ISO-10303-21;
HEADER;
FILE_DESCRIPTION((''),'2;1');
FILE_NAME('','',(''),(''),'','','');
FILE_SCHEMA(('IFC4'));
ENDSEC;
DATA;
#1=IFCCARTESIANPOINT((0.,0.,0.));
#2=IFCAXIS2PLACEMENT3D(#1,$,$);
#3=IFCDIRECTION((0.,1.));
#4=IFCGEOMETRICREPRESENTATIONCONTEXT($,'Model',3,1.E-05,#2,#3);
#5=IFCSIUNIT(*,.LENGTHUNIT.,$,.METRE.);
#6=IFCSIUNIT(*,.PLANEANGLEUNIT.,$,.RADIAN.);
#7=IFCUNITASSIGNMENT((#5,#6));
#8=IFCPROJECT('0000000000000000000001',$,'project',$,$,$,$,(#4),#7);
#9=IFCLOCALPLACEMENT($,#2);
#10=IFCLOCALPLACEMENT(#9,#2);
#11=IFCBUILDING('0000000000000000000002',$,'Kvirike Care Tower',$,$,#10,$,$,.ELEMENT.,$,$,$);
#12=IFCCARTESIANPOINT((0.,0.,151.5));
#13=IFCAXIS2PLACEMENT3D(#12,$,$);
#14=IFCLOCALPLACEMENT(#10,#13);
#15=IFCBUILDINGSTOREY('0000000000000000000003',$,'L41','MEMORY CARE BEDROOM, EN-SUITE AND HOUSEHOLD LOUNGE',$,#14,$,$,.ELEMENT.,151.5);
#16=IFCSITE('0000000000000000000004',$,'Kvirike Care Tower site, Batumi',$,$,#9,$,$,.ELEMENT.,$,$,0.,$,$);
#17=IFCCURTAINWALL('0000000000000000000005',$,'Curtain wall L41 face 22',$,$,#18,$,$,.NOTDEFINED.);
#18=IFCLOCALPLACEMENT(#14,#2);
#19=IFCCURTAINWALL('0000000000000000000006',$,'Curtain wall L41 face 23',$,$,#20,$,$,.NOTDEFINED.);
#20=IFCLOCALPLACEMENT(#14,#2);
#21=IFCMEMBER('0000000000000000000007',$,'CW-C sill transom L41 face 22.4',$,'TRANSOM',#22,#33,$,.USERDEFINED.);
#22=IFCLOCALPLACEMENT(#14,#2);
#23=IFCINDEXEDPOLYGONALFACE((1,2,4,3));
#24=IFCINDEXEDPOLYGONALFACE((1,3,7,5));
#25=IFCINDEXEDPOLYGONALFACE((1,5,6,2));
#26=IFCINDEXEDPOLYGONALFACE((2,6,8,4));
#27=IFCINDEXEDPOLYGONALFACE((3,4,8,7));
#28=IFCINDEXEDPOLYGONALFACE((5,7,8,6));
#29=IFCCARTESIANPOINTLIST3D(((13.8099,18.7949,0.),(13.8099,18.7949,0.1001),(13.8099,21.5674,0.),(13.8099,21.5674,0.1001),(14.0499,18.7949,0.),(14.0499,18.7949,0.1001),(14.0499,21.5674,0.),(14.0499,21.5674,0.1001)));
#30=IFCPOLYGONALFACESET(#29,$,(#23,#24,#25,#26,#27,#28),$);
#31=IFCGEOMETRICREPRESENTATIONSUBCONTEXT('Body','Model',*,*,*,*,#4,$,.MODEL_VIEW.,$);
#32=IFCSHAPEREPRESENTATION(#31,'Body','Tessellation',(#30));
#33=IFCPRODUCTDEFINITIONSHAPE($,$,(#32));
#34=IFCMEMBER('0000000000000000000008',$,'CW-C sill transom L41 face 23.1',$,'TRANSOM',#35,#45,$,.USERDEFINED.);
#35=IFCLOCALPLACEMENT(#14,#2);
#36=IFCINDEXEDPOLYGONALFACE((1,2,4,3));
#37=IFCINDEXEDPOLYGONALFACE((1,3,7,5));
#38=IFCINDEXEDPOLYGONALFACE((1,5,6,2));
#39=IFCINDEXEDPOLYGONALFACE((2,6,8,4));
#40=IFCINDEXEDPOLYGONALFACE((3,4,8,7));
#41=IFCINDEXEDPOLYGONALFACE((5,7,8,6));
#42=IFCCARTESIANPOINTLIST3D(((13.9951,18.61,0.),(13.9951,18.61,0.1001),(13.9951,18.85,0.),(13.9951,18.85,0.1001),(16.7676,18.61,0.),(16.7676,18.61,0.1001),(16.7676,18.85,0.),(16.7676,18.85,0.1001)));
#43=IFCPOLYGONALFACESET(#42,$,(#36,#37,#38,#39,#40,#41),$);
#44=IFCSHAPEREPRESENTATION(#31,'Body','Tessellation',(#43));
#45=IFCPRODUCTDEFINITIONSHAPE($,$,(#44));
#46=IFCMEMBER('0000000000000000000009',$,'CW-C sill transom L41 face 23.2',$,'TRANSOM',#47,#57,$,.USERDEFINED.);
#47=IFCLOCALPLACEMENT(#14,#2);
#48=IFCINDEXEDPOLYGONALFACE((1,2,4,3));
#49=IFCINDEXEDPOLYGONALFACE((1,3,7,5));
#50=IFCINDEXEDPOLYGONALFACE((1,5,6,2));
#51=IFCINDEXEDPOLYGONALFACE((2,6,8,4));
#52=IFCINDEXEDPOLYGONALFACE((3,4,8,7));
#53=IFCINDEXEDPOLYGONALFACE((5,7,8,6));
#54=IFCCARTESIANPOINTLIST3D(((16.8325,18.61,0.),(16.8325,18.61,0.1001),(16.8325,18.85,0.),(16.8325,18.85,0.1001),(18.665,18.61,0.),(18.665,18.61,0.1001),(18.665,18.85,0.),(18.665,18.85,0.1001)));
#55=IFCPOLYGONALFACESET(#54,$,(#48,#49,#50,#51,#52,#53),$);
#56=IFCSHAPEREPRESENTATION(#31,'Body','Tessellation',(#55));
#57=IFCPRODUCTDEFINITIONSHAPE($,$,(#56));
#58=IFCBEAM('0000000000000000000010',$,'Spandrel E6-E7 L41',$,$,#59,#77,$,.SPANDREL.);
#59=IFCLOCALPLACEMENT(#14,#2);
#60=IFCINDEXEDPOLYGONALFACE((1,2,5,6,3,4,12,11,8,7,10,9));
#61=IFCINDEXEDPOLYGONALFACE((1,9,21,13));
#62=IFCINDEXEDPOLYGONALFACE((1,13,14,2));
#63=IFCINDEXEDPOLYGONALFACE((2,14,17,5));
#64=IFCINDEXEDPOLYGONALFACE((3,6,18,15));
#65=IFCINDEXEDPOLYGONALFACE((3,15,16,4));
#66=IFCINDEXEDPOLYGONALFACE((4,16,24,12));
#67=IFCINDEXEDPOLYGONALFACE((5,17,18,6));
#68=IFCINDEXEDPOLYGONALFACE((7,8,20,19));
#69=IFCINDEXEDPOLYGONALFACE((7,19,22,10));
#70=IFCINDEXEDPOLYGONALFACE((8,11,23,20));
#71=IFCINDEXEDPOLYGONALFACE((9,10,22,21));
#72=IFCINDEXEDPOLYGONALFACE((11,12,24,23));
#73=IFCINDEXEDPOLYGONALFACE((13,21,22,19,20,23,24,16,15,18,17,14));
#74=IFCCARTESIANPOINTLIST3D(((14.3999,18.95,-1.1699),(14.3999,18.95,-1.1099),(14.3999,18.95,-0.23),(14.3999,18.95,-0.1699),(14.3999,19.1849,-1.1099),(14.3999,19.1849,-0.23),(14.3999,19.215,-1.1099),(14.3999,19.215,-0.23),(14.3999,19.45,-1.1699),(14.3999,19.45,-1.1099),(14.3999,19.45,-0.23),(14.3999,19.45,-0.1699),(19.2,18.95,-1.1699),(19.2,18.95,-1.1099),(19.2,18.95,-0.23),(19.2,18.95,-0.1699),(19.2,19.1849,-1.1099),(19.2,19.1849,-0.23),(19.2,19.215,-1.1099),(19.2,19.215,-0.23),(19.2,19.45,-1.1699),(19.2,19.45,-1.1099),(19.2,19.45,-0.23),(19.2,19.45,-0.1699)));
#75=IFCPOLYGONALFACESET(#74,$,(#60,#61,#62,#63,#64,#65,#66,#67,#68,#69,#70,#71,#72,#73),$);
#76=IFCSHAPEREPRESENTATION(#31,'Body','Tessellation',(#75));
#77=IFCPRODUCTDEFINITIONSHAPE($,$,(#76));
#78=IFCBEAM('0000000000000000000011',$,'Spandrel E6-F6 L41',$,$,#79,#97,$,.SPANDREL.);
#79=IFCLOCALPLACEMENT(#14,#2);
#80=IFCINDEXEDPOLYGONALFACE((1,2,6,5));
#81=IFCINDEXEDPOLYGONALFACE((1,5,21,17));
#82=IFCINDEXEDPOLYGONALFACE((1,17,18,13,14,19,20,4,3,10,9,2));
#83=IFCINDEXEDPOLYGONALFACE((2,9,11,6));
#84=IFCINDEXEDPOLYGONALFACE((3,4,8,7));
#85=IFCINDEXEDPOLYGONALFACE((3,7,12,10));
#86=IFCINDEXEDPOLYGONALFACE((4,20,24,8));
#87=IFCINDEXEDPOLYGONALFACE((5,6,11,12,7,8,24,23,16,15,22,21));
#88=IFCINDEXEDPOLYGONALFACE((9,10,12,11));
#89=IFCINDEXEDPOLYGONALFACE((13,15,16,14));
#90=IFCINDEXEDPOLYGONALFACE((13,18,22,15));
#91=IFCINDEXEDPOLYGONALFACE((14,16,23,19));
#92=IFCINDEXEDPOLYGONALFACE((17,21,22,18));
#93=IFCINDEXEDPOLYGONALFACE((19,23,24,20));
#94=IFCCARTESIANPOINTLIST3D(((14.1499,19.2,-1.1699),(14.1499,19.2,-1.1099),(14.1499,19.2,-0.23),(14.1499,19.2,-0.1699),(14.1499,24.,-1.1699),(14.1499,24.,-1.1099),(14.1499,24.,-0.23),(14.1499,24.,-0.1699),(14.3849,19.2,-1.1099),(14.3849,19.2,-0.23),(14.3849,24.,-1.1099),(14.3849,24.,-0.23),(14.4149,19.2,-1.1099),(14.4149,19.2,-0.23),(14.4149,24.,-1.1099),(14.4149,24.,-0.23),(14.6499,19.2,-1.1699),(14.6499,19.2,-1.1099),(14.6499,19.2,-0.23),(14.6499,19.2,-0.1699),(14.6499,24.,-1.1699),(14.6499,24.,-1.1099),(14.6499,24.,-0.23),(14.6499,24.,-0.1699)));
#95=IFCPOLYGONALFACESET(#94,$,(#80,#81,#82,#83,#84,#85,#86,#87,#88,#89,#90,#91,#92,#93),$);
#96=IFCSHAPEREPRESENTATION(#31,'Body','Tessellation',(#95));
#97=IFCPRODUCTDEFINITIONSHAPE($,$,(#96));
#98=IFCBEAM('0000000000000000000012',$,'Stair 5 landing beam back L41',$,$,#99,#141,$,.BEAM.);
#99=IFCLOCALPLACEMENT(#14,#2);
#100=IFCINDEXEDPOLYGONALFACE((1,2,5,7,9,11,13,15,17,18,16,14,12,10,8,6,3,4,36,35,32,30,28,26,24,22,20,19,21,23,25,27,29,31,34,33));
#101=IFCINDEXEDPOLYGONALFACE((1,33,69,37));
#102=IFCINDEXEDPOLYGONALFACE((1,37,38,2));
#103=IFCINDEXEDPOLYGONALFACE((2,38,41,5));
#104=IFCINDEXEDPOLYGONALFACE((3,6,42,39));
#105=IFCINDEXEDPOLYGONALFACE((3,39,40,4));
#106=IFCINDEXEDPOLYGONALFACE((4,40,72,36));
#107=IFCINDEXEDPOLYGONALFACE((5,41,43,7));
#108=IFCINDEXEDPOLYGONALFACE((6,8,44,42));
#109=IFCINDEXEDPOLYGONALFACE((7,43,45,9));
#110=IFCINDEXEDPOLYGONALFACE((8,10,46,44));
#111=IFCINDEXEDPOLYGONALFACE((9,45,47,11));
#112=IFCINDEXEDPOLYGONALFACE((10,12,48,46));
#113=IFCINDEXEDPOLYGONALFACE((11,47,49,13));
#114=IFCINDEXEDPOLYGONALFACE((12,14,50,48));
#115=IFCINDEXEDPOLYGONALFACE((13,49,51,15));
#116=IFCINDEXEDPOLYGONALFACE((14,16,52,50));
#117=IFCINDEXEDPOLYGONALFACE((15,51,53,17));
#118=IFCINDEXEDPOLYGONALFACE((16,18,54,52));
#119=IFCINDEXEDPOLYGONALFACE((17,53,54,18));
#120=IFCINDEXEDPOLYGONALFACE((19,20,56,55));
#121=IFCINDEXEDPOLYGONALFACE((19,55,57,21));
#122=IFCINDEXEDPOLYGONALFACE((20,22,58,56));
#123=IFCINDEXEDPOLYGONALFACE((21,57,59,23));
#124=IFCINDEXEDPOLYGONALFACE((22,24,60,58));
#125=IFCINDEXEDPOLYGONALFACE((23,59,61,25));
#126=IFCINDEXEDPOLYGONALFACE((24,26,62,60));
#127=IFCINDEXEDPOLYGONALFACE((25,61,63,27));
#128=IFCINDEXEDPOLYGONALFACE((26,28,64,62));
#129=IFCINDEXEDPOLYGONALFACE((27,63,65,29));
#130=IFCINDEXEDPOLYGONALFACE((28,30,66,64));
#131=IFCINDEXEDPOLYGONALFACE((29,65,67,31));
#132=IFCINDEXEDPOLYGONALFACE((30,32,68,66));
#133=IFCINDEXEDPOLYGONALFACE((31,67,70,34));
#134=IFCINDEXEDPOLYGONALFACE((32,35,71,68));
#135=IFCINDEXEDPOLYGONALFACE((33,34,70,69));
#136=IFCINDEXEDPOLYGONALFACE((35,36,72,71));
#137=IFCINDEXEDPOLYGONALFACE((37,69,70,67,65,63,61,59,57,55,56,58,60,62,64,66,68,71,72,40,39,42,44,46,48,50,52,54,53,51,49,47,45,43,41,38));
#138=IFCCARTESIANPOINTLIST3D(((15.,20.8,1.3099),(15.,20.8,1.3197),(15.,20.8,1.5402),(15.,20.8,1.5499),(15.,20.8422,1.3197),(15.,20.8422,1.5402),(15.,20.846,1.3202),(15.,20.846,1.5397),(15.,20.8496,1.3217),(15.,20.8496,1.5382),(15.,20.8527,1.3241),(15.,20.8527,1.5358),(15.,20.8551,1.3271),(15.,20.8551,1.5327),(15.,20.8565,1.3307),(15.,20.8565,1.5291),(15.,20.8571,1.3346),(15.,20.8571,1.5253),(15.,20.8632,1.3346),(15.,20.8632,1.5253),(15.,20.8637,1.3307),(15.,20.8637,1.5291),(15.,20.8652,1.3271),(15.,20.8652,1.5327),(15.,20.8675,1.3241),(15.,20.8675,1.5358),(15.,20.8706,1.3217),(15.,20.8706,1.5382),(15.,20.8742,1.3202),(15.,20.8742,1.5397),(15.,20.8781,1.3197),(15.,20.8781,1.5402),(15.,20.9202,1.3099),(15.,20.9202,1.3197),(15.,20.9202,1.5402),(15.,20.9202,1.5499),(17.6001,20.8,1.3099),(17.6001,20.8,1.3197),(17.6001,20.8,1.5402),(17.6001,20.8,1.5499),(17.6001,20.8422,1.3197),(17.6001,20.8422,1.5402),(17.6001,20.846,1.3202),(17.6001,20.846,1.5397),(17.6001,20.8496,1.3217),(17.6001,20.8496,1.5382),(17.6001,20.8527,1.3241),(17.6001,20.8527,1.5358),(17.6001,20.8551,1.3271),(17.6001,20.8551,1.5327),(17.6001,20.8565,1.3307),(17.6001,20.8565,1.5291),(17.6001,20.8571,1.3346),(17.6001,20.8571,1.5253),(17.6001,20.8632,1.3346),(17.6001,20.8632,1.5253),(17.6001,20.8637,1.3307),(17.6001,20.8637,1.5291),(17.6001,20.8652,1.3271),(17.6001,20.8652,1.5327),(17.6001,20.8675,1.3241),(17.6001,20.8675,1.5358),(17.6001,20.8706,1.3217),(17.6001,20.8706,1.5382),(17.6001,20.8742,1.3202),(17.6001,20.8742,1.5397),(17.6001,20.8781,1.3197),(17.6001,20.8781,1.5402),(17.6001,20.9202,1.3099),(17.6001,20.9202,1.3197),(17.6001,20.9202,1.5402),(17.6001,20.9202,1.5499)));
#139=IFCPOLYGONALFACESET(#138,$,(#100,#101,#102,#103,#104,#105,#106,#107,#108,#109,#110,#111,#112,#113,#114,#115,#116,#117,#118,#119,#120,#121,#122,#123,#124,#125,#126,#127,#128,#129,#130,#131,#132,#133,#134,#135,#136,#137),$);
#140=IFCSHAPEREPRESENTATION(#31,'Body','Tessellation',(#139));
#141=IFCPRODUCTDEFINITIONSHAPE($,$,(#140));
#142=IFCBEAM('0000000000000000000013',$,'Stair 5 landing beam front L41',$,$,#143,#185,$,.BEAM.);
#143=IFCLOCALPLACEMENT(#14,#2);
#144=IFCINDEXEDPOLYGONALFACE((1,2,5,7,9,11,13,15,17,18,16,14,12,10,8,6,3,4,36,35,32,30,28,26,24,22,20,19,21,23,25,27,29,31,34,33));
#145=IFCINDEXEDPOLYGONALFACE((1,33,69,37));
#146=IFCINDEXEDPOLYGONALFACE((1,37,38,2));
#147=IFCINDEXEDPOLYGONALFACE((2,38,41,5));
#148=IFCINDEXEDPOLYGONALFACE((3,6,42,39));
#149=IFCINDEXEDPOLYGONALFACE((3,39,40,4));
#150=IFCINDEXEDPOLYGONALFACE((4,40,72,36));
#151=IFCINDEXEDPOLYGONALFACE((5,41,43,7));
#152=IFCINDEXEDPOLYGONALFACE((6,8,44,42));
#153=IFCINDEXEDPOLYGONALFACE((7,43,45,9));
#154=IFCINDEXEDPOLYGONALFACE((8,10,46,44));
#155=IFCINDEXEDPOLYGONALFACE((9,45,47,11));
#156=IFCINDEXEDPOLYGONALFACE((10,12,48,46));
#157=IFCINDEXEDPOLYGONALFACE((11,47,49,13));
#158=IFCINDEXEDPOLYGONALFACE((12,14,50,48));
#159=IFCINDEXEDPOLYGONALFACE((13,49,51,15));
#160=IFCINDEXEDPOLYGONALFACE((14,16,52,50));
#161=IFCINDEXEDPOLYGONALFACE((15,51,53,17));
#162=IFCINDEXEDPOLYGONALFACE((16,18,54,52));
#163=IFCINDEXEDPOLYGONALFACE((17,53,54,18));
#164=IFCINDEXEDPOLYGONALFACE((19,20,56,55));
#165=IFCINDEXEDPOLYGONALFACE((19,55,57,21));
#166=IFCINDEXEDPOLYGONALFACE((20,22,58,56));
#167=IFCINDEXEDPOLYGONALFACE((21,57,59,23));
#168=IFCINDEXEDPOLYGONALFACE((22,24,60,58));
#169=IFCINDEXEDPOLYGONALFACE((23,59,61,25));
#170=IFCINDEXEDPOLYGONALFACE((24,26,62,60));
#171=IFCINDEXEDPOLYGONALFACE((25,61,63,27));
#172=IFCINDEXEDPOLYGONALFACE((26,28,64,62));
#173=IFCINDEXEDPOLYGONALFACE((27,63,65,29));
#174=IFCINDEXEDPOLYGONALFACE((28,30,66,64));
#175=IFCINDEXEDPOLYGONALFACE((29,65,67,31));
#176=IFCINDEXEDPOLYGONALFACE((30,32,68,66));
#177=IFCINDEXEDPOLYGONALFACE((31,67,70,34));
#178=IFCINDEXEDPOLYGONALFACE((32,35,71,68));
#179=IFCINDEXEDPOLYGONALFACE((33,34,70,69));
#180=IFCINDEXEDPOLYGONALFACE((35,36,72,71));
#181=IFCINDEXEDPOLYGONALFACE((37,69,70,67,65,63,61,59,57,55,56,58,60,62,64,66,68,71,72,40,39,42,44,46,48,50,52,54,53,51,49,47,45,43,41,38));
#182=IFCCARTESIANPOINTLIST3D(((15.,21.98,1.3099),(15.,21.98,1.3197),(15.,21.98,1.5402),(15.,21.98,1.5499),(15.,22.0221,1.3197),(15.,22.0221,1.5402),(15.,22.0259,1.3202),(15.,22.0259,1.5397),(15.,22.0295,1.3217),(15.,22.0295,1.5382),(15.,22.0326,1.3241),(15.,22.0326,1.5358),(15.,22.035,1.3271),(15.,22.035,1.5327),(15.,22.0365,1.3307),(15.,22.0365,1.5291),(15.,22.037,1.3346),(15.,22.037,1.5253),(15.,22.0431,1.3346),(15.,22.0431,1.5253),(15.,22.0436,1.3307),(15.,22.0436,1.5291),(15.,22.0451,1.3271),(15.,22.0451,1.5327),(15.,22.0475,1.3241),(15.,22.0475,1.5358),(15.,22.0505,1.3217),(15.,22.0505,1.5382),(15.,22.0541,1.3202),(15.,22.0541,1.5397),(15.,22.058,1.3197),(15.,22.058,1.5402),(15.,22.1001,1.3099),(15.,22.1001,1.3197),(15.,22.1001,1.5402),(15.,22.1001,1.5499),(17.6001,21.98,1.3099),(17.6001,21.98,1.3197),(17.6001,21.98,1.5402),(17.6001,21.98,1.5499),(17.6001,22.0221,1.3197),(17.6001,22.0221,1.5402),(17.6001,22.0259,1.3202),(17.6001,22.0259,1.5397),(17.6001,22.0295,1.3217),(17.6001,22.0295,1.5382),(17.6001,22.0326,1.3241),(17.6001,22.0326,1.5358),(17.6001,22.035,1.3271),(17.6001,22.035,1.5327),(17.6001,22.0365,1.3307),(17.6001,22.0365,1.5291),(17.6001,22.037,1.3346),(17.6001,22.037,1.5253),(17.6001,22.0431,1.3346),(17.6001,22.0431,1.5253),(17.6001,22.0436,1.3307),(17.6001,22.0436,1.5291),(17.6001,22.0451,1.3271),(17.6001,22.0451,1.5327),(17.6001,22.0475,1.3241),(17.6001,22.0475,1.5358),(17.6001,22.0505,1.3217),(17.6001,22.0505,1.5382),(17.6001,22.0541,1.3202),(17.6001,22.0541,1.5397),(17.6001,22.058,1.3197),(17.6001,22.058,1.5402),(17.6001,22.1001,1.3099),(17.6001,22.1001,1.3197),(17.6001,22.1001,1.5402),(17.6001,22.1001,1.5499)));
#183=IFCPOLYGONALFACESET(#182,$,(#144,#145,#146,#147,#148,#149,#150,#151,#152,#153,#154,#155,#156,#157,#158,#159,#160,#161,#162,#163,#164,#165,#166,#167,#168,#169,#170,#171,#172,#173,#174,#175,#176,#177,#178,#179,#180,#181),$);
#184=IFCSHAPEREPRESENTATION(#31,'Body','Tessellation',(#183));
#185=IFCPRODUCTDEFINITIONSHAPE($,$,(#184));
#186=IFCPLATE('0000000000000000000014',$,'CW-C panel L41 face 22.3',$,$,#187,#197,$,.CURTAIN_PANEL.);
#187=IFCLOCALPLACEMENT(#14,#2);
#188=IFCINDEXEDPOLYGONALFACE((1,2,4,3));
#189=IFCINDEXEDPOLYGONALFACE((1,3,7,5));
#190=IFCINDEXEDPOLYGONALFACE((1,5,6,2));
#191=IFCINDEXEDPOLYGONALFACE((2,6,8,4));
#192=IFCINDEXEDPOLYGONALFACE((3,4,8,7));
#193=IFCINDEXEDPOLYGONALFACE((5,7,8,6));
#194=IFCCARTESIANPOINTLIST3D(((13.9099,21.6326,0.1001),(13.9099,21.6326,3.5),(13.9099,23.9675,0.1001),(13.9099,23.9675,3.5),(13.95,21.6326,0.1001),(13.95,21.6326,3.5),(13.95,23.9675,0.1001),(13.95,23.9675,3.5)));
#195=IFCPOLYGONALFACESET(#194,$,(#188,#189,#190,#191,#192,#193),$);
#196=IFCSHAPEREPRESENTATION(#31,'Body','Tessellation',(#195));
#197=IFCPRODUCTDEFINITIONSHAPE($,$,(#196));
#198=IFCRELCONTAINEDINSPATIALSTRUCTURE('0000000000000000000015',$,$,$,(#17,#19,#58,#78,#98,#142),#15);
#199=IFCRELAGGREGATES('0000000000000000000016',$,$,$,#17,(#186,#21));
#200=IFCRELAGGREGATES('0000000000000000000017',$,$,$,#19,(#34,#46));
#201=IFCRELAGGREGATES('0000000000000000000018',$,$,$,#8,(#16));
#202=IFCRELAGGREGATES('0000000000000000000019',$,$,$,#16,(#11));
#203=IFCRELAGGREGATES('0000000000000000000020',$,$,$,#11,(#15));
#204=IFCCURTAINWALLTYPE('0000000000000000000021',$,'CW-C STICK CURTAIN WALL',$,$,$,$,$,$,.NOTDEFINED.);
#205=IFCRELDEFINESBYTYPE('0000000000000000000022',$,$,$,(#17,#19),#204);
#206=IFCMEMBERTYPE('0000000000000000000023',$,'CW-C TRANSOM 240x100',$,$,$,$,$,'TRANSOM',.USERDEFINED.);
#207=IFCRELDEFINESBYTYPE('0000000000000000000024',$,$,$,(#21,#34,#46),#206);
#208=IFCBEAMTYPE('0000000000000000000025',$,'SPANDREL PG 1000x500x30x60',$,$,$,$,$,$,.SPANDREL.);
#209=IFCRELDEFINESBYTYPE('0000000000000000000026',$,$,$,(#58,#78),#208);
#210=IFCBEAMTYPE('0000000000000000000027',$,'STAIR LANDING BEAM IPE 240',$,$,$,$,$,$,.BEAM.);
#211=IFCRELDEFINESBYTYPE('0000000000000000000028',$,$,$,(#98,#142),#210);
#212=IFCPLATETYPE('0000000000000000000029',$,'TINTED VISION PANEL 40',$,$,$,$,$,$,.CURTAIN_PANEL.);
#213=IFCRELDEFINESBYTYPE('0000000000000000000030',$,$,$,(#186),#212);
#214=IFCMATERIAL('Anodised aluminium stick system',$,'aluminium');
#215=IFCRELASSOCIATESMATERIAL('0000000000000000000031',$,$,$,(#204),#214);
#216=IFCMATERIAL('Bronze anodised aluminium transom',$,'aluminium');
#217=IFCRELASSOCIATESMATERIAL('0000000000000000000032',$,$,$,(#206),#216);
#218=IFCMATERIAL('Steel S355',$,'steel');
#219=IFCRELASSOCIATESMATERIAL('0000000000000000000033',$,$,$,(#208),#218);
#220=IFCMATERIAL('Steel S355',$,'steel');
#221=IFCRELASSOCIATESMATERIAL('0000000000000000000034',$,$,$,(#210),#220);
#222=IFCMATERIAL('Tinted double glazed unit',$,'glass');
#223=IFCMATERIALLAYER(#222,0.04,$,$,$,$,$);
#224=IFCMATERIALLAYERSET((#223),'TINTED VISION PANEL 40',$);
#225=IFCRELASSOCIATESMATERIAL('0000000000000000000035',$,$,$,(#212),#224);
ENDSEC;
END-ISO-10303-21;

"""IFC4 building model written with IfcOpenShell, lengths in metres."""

from ifc_helpers import new_model, si_unit, direction, frame, origin, origin_2d, place, context, subcontext, project, spatial, rectangle, i_section, extrude, material, layer, layer_set, material_profile, profile_set, type_object, element, aggregate, save


model = new_model("IFC4")

# Units and contexts
model_context = context("Model", 3, precision=1e-05, world=origin(), true_north=direction((0.0, 1.0)))
body_context = subcontext(model_context, "Body", "Model", "MODEL_VIEW")
ifc_project = project(units=[si_unit("LENGTHUNIT", "METRE"), si_unit("PLANEANGLEUNIT", "RADIAN")], contexts=[model_context])

# Site, building, storey
site_placement = place(None, origin())
site = spatial("IfcSite", under=ifc_project, at=site_placement, Name="Kvirike Care Tower site, Batumi", CompositionType="ELEMENT", RefElevation=0.0)
building_placement = place(site_placement, origin())
building = spatial("IfcBuilding", under=site, at=building_placement, Name="Kvirike Care Tower", CompositionType="ELEMENT")
storey_placement = place(building_placement, frame((0.0, 0.0, 151.5)))
storey = spatial("IfcBuildingStorey", under=building, at=storey_placement, Name="L41", Description="MEMORY CARE BEDROOM, EN-SUITE AND HOUSEHOLD LOUNGE", CompositionType="ELEMENT", Elevation=151.5)

# Curtain walls
ifc_material_1 = material(Name="Anodised aluminium stick system", Category="aluminium")
curtain_wall_type = type_object("IfcCurtainWallType", Name="CW-C STICK CURTAIN WALL", PredefinedType="NOTDEFINED", material=ifc_material_1)
curtain_wall_1_placement = place(storey_placement, origin())
curtain_wall_1 = element("IfcCurtainWall", 1, at=curtain_wall_1_placement, inside=storey, type_object=curtain_wall_type, Name="Curtain wall L41 face 22", PredefinedType="NOTDEFINED")
curtain_wall_2_placement = place(storey_placement, origin())
curtain_wall_2 = element("IfcCurtainWall", 2, at=curtain_wall_2_placement, inside=storey, type_object=curtain_wall_type, Name="Curtain wall L41 face 23", PredefinedType="NOTDEFINED")

# Members
ifc_material_2 = material(Name="Bronze anodised aluminium transom", Category="aluminium")
ifc_material_profile_1 = material_profile(ifc_material_2, rectangle(XDim=0.24, YDim=0.1001, at=origin_2d()), Name="CW-C TRANSOM 240x100")
ifc_profile_set_1 = profile_set([ifc_material_profile_1], Name="Bronze anodised aluminium transom")
member_type_1 = type_object("IfcMemberType", Name="CW-C TRANSOM 240x100", ElementType="TRANSOM", PredefinedType="USERDEFINED", material=ifc_profile_set_1)
member_1_placement = place(storey_placement, frame((13.9299, 21.5674, 0.05), z_axis=(0.0, -1.0, 0.0), x_axis=(1.0, 0.0, 0.0)))
member_1 = element("IfcMember", 3, at=member_1_placement, type_object=member_type_1, Name="CW-C sill transom L41 face 22.4", ObjectType="TRANSOM", PredefinedType="USERDEFINED", context=body_context, shape_type="SweptSolid", body=[
    extrude(rectangle(XDim=0.24, YDim=0.1001, at=origin_2d()), origin(), (0.0, 0.0, 1.0), 2.7725),
])
member_2_placement = place(storey_placement, frame((13.9951, 18.73, 0.05), z_axis=(1.0, 0.0, 0.0), x_axis=(0.0, 1.0, 0.0)))
member_2 = element("IfcMember", 4, at=member_2_placement, type_object=member_type_1, Name="CW-C sill transom L41 face 23.1", ObjectType="TRANSOM", PredefinedType="USERDEFINED", context=body_context, shape_type="SweptSolid", body=[
    extrude(rectangle(XDim=0.24, YDim=0.1001, at=origin_2d()), origin(), (0.0, 0.0, 1.0), 2.7725),
])
member_3_placement = place(storey_placement, frame((16.8325, 18.73, 0.05), z_axis=(1.0, 0.0, 0.0), x_axis=(0.0, 1.0, 0.0)))
member_3 = element("IfcMember", 5, at=member_3_placement, type_object=member_type_1, Name="CW-C sill transom L41 face 23.2", ObjectType="TRANSOM", PredefinedType="USERDEFINED", context=body_context, shape_type="SweptSolid", body=[
    extrude(rectangle(XDim=0.24, YDim=0.1001, at=origin_2d()), origin(), (0.0, 0.0, 1.0), 1.8325),
])

# Beams
ifc_material_3 = material(Name="Steel S355", Category="steel")
ifc_material_profile_2 = material_profile(ifc_material_3, i_section(OverallWidth=0.5, OverallDepth=1.0, WebThickness=0.03, FlangeThickness=0.0601, at=origin_2d()), Name="PG 1000x500x30x60")
ifc_profile_set_2 = profile_set([ifc_material_profile_2], Name="Steel S355")
beam_type_1 = type_object("IfcBeamType", Name="SPANDREL PG 1000x500x30x60", PredefinedType="SPANDREL", material=ifc_profile_set_2)
for number, where, z_axis, x_axis, name in (
    (6, (14.3999, 19.2, -0.6699), (1.0, 0.0, 0.0), (0.0, 1.0, 0.0), "Spandrel E6-E7 L41"),
    (7, (14.3999, 19.2, -0.6699), (0.0, 1.0, 0.0), (-1.0, 0.0, 0.0), "Spandrel E6-F6 L41"),
):
    element("IfcBeam", number, at=place(storey_placement, frame(where, z_axis=z_axis, x_axis=x_axis)), inside=storey, type_object=beam_type_1, Name=name, PredefinedType="SPANDREL", context=body_context, shape_type="SweptSolid", body=[
        extrude(i_section(OverallWidth=0.5, OverallDepth=1.0, WebThickness=0.03, FlangeThickness=0.0601, at=origin_2d()), origin(), (0.0, 0.0, 1.0), 4.8),
    ])
ifc_material_4 = material(Name="Steel S355", Category="steel")
ifc_material_profile_3 = material_profile(ifc_material_4, i_section(OverallWidth=0.1201, OverallDepth=0.24, WebThickness=0.0061, FlangeThickness=0.0098, FilletRadius=0.0149, at=origin_2d()), Name="IPE 240")
ifc_profile_set_3 = profile_set([ifc_material_profile_3], Name="Steel S355")
beam_type_2 = type_object("IfcBeamType", Name="STAIR LANDING BEAM IPE 240", PredefinedType="BEAM", material=ifc_profile_set_3)
for number, where, z_axis, x_axis, name in (
    (8, (15.0, 20.8601, 1.4299), (1.0, 0.0, 0.0), (0.0, 1.0, 0.0), "Stair 5 landing beam back L41"),
    (9, (15.0, 22.04, 1.4299), (1.0, 0.0, 0.0), (0.0, 1.0, 0.0), "Stair 5 landing beam front L41"),
):
    element("IfcBeam", number, at=place(storey_placement, frame(where, z_axis=z_axis, x_axis=x_axis)), inside=storey, type_object=beam_type_2, Name=name, PredefinedType="BEAM", context=body_context, shape_type="SweptSolid", body=[
        extrude(i_section(OverallWidth=0.1201, OverallDepth=0.24, WebThickness=0.0061, FlangeThickness=0.0098, FilletRadius=0.0149, at=origin_2d()), origin(), (0.0, 0.0, 1.0), 2.6001),
    ])

# Plate
ifc_material_5 = material(Name="Tinted double glazed unit", Category="glass")
ifc_layer_1 = layer(ifc_material_5, 0.04)
ifc_layer_set_1 = layer_set([ifc_layer_1], Name="TINTED VISION PANEL 40")
plate_type = type_object("IfcPlateType", Name="TINTED VISION PANEL 40", PredefinedType="CURTAIN_PANEL", material=ifc_layer_set_1)
plate_1_placement = place(storey_placement, frame((13.9299, 22.8, 0.1001), z_axis=(0.0, 0.0, 1.0), x_axis=(0.0, -1.0, 0.0)))
plate_1 = element("IfcPlate", 10, at=plate_1_placement, type_object=plate_type, Name="CW-C panel L41 face 22.3", PredefinedType="CURTAIN_PANEL", context=body_context, shape_type="SweptSolid", body=[
    extrude(rectangle(XDim=2.335, YDim=0.04, at=origin_2d()), origin(), (0.0, 0.0, 1.0), 3.3999),
])
aggregate(curtain_wall_1, [plate_1, member_1])
aggregate(curtain_wall_2, [member_2, member_3])

save(model, "model.ifc")
